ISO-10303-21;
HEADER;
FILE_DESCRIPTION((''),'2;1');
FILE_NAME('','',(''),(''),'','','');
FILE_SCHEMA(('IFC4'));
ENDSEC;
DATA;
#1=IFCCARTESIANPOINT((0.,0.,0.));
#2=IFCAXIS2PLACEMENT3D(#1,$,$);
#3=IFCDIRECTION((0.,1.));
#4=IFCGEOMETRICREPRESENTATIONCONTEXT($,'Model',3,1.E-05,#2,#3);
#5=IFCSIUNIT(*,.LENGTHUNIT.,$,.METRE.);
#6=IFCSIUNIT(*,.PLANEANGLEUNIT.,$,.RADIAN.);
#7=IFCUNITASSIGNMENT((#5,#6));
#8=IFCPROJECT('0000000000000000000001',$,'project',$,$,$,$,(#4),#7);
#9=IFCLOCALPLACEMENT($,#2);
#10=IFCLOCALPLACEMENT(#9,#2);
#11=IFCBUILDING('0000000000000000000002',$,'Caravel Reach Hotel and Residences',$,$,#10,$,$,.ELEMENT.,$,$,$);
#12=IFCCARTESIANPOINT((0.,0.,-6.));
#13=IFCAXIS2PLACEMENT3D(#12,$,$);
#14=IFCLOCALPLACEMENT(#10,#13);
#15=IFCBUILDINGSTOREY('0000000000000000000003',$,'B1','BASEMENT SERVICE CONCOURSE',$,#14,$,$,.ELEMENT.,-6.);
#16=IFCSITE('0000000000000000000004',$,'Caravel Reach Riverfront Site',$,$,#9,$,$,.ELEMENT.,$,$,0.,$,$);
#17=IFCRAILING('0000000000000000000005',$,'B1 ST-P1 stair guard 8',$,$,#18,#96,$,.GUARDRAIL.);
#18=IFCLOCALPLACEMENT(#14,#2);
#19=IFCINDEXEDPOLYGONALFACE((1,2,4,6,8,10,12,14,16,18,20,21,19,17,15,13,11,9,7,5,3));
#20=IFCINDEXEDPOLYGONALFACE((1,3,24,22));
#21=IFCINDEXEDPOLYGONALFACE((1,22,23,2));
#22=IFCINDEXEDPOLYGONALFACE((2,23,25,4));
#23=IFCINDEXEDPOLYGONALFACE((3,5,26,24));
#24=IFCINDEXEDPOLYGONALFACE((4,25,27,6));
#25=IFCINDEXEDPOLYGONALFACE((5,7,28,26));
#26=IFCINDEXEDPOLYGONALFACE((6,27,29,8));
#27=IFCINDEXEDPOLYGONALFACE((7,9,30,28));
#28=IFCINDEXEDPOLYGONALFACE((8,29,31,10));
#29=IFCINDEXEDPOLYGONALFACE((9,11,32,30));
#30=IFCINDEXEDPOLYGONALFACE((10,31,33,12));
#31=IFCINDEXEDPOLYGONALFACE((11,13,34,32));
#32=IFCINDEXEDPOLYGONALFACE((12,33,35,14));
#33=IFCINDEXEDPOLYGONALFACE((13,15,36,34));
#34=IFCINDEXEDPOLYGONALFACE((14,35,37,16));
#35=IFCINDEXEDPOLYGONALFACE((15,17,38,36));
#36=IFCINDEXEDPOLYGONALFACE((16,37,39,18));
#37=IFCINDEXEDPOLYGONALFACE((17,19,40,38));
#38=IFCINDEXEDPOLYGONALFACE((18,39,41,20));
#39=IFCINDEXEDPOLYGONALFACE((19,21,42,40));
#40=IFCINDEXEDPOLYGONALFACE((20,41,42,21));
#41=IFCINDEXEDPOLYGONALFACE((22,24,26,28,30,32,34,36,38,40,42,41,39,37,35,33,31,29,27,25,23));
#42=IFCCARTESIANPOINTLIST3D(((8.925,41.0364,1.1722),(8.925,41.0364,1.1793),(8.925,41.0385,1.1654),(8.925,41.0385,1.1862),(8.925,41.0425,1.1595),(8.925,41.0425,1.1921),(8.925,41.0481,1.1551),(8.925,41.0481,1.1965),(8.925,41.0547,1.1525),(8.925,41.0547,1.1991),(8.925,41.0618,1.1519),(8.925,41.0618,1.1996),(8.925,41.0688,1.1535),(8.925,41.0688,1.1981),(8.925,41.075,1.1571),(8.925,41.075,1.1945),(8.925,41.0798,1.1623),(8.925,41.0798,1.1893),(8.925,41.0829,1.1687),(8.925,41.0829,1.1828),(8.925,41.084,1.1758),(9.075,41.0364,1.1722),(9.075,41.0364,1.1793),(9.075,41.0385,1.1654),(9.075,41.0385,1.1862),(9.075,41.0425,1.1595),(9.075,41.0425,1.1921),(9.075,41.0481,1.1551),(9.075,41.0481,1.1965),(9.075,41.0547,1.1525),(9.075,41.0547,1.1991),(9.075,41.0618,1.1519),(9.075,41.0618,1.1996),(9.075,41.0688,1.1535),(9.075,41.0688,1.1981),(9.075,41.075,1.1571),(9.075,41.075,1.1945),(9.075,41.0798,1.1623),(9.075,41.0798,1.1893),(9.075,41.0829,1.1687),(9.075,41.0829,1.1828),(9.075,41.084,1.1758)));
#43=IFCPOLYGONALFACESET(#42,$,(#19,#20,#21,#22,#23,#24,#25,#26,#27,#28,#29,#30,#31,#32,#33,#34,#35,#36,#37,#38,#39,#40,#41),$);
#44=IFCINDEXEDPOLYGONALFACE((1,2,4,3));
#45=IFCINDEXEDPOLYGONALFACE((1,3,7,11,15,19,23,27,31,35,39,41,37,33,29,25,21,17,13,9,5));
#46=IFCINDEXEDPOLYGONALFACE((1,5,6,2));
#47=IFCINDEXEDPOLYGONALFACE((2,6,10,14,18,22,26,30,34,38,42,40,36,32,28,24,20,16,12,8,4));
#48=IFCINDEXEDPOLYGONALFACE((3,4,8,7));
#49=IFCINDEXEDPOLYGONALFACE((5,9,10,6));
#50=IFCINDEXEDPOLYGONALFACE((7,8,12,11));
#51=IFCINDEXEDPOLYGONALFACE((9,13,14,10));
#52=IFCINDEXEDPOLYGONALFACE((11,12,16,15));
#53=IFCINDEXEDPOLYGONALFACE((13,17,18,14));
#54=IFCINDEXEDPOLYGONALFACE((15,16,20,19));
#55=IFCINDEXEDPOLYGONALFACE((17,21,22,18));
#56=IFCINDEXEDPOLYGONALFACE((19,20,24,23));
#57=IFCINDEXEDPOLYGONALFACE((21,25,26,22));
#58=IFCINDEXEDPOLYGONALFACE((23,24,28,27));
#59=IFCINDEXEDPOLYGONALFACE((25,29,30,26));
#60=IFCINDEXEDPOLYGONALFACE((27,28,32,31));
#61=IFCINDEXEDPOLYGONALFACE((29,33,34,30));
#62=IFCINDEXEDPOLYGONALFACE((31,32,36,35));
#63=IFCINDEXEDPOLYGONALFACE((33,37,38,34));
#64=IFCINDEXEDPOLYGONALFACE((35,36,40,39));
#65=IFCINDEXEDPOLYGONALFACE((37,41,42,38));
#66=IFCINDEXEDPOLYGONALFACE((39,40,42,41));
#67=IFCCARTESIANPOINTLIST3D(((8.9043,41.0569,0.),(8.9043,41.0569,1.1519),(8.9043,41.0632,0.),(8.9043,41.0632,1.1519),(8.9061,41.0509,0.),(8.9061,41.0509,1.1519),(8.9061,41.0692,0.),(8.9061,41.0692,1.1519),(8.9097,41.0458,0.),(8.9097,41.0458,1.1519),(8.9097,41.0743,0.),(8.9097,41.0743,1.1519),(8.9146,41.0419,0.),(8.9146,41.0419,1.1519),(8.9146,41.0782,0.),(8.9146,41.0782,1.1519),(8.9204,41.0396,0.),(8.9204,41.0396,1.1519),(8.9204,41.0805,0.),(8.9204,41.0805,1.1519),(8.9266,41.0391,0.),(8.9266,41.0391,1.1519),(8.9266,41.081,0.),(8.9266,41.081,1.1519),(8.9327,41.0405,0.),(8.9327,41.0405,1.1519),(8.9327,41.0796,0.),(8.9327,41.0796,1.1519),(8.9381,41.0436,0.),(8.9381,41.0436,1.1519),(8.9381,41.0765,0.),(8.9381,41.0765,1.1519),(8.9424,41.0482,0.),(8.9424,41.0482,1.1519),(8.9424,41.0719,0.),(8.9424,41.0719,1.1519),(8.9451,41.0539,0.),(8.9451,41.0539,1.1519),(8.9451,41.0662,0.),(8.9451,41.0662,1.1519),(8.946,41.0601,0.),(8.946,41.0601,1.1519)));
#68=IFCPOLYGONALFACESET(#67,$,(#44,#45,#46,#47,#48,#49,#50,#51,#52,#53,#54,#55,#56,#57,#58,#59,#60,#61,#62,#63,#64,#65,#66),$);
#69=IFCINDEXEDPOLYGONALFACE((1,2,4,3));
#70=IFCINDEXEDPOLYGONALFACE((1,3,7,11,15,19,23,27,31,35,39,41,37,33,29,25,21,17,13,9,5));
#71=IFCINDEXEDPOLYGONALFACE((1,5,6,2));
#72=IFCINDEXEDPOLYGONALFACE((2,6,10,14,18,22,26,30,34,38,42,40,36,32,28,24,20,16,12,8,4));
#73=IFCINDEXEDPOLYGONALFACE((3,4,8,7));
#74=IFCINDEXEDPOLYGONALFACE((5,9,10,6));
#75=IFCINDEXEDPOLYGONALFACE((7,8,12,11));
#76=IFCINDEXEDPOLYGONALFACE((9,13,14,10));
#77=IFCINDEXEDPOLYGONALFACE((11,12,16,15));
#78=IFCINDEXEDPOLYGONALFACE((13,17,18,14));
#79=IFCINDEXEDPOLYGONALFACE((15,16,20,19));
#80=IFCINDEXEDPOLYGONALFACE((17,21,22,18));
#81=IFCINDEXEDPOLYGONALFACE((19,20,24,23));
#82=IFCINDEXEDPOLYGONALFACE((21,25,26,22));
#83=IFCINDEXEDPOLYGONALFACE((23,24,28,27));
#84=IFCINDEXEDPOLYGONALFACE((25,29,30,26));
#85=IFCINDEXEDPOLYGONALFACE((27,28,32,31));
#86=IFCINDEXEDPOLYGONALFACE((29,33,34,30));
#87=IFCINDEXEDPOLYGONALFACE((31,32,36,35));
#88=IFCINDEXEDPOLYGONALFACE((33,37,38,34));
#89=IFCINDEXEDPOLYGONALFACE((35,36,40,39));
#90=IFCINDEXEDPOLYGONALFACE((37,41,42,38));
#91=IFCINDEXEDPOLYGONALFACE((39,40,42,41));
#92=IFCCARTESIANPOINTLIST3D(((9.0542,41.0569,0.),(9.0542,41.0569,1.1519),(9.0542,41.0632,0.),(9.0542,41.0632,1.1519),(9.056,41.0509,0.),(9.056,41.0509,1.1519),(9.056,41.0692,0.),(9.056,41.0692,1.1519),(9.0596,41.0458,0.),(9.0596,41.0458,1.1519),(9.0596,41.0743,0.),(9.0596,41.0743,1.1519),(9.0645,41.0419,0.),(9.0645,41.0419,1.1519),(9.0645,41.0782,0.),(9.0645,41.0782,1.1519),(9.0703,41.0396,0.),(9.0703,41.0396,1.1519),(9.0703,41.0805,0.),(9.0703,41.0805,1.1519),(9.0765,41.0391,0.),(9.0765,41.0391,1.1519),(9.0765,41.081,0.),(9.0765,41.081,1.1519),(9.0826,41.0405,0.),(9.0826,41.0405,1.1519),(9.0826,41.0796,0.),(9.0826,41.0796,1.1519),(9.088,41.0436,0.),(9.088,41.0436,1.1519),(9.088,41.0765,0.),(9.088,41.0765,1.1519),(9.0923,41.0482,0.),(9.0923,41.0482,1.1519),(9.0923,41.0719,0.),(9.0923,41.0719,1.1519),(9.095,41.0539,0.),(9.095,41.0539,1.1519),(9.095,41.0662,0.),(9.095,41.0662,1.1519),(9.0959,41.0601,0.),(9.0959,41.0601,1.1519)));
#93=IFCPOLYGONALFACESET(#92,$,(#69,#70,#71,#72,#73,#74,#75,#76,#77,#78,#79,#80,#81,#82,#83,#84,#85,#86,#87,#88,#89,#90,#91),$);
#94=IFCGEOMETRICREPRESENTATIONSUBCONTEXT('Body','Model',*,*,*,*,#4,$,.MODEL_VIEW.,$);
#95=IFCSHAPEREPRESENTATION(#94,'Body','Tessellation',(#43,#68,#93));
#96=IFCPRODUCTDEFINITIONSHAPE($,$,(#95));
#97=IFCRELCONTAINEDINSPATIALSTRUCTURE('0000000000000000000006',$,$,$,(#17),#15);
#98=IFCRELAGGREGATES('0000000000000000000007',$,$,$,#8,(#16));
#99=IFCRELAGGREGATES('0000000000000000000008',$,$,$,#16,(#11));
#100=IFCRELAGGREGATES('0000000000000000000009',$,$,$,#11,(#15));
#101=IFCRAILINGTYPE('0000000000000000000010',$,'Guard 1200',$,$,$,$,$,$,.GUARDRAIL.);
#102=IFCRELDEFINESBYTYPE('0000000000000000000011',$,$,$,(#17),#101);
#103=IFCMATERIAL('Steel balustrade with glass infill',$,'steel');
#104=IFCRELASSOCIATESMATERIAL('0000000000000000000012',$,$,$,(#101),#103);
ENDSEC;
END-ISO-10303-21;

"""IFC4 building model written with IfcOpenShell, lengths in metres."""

from ifc_helpers import new_model, si_unit, direction, frame, origin, origin_2d, place, context, subcontext, project, spatial, circle, extrude, material, type_object, element, save


model = new_model("IFC4")

# Units and contexts
model_context = context("Model", 3, precision=1e-05, world=origin(), true_north=direction((0.0, 1.0)))
body_context = subcontext(model_context, "Body", "Model", "MODEL_VIEW")
ifc_project = project(units=[si_unit("LENGTHUNIT", "METRE"), si_unit("PLANEANGLEUNIT", "RADIAN")], contexts=[model_context])

# Site, building, storey
site_placement = place(None, origin())
site = spatial("IfcSite", under=ifc_project, at=site_placement, Name="Caravel Reach Riverfront Site", CompositionType="ELEMENT", RefElevation=0.0)
building_placement = place(site_placement, origin())
building = spatial("IfcBuilding", under=site, at=building_placement, Name="Caravel Reach Hotel and Residences", CompositionType="ELEMENT")
storey_placement = place(building_placement, frame((0.0, 0.0, -6.0)))
storey = spatial("IfcBuildingStorey", under=building, at=storey_placement, Name="B1", Description="BASEMENT SERVICE CONCOURSE", CompositionType="ELEMENT", Elevation=-6.0)

# Railing
ifc_material_1 = material(Name="Steel balustrade with glass infill", Category="steel")
railing_type_1 = type_object("IfcRailingType", Name="Guard 1200", PredefinedType="GUARDRAIL", material=ifc_material_1)
railing_1_placement = place(storey_placement, frame((8.925, 41.0601, 0.0)))
element("IfcRailing", 1, at=railing_1_placement, inside=storey, type_object=railing_type_1, Name="B1 ST-P1 stair guard 8", PredefinedType="GUARDRAIL", context=body_context, shape_type="SweptSolid", body=[
    extrude(circle(Radius=0.0239, at=origin_2d()), frame((0.0, 0.0, 1.1758), z_axis=(1.0, 0.0, 0.0), x_axis=(0.0, 1.0, 0.0)), (0.0, 0.0, 1.0), 0.1499),
    extrude(circle(Radius=0.021, at=origin_2d()), origin(), (0.0, 0.0, 1.0), 1.1519),
    extrude(circle(Radius=0.021, at=origin_2d()), frame((0.1499, 0.0, 0.0)), (0.0, 0.0, 1.0), 1.1519),
])

save(model, "model.ifc")
